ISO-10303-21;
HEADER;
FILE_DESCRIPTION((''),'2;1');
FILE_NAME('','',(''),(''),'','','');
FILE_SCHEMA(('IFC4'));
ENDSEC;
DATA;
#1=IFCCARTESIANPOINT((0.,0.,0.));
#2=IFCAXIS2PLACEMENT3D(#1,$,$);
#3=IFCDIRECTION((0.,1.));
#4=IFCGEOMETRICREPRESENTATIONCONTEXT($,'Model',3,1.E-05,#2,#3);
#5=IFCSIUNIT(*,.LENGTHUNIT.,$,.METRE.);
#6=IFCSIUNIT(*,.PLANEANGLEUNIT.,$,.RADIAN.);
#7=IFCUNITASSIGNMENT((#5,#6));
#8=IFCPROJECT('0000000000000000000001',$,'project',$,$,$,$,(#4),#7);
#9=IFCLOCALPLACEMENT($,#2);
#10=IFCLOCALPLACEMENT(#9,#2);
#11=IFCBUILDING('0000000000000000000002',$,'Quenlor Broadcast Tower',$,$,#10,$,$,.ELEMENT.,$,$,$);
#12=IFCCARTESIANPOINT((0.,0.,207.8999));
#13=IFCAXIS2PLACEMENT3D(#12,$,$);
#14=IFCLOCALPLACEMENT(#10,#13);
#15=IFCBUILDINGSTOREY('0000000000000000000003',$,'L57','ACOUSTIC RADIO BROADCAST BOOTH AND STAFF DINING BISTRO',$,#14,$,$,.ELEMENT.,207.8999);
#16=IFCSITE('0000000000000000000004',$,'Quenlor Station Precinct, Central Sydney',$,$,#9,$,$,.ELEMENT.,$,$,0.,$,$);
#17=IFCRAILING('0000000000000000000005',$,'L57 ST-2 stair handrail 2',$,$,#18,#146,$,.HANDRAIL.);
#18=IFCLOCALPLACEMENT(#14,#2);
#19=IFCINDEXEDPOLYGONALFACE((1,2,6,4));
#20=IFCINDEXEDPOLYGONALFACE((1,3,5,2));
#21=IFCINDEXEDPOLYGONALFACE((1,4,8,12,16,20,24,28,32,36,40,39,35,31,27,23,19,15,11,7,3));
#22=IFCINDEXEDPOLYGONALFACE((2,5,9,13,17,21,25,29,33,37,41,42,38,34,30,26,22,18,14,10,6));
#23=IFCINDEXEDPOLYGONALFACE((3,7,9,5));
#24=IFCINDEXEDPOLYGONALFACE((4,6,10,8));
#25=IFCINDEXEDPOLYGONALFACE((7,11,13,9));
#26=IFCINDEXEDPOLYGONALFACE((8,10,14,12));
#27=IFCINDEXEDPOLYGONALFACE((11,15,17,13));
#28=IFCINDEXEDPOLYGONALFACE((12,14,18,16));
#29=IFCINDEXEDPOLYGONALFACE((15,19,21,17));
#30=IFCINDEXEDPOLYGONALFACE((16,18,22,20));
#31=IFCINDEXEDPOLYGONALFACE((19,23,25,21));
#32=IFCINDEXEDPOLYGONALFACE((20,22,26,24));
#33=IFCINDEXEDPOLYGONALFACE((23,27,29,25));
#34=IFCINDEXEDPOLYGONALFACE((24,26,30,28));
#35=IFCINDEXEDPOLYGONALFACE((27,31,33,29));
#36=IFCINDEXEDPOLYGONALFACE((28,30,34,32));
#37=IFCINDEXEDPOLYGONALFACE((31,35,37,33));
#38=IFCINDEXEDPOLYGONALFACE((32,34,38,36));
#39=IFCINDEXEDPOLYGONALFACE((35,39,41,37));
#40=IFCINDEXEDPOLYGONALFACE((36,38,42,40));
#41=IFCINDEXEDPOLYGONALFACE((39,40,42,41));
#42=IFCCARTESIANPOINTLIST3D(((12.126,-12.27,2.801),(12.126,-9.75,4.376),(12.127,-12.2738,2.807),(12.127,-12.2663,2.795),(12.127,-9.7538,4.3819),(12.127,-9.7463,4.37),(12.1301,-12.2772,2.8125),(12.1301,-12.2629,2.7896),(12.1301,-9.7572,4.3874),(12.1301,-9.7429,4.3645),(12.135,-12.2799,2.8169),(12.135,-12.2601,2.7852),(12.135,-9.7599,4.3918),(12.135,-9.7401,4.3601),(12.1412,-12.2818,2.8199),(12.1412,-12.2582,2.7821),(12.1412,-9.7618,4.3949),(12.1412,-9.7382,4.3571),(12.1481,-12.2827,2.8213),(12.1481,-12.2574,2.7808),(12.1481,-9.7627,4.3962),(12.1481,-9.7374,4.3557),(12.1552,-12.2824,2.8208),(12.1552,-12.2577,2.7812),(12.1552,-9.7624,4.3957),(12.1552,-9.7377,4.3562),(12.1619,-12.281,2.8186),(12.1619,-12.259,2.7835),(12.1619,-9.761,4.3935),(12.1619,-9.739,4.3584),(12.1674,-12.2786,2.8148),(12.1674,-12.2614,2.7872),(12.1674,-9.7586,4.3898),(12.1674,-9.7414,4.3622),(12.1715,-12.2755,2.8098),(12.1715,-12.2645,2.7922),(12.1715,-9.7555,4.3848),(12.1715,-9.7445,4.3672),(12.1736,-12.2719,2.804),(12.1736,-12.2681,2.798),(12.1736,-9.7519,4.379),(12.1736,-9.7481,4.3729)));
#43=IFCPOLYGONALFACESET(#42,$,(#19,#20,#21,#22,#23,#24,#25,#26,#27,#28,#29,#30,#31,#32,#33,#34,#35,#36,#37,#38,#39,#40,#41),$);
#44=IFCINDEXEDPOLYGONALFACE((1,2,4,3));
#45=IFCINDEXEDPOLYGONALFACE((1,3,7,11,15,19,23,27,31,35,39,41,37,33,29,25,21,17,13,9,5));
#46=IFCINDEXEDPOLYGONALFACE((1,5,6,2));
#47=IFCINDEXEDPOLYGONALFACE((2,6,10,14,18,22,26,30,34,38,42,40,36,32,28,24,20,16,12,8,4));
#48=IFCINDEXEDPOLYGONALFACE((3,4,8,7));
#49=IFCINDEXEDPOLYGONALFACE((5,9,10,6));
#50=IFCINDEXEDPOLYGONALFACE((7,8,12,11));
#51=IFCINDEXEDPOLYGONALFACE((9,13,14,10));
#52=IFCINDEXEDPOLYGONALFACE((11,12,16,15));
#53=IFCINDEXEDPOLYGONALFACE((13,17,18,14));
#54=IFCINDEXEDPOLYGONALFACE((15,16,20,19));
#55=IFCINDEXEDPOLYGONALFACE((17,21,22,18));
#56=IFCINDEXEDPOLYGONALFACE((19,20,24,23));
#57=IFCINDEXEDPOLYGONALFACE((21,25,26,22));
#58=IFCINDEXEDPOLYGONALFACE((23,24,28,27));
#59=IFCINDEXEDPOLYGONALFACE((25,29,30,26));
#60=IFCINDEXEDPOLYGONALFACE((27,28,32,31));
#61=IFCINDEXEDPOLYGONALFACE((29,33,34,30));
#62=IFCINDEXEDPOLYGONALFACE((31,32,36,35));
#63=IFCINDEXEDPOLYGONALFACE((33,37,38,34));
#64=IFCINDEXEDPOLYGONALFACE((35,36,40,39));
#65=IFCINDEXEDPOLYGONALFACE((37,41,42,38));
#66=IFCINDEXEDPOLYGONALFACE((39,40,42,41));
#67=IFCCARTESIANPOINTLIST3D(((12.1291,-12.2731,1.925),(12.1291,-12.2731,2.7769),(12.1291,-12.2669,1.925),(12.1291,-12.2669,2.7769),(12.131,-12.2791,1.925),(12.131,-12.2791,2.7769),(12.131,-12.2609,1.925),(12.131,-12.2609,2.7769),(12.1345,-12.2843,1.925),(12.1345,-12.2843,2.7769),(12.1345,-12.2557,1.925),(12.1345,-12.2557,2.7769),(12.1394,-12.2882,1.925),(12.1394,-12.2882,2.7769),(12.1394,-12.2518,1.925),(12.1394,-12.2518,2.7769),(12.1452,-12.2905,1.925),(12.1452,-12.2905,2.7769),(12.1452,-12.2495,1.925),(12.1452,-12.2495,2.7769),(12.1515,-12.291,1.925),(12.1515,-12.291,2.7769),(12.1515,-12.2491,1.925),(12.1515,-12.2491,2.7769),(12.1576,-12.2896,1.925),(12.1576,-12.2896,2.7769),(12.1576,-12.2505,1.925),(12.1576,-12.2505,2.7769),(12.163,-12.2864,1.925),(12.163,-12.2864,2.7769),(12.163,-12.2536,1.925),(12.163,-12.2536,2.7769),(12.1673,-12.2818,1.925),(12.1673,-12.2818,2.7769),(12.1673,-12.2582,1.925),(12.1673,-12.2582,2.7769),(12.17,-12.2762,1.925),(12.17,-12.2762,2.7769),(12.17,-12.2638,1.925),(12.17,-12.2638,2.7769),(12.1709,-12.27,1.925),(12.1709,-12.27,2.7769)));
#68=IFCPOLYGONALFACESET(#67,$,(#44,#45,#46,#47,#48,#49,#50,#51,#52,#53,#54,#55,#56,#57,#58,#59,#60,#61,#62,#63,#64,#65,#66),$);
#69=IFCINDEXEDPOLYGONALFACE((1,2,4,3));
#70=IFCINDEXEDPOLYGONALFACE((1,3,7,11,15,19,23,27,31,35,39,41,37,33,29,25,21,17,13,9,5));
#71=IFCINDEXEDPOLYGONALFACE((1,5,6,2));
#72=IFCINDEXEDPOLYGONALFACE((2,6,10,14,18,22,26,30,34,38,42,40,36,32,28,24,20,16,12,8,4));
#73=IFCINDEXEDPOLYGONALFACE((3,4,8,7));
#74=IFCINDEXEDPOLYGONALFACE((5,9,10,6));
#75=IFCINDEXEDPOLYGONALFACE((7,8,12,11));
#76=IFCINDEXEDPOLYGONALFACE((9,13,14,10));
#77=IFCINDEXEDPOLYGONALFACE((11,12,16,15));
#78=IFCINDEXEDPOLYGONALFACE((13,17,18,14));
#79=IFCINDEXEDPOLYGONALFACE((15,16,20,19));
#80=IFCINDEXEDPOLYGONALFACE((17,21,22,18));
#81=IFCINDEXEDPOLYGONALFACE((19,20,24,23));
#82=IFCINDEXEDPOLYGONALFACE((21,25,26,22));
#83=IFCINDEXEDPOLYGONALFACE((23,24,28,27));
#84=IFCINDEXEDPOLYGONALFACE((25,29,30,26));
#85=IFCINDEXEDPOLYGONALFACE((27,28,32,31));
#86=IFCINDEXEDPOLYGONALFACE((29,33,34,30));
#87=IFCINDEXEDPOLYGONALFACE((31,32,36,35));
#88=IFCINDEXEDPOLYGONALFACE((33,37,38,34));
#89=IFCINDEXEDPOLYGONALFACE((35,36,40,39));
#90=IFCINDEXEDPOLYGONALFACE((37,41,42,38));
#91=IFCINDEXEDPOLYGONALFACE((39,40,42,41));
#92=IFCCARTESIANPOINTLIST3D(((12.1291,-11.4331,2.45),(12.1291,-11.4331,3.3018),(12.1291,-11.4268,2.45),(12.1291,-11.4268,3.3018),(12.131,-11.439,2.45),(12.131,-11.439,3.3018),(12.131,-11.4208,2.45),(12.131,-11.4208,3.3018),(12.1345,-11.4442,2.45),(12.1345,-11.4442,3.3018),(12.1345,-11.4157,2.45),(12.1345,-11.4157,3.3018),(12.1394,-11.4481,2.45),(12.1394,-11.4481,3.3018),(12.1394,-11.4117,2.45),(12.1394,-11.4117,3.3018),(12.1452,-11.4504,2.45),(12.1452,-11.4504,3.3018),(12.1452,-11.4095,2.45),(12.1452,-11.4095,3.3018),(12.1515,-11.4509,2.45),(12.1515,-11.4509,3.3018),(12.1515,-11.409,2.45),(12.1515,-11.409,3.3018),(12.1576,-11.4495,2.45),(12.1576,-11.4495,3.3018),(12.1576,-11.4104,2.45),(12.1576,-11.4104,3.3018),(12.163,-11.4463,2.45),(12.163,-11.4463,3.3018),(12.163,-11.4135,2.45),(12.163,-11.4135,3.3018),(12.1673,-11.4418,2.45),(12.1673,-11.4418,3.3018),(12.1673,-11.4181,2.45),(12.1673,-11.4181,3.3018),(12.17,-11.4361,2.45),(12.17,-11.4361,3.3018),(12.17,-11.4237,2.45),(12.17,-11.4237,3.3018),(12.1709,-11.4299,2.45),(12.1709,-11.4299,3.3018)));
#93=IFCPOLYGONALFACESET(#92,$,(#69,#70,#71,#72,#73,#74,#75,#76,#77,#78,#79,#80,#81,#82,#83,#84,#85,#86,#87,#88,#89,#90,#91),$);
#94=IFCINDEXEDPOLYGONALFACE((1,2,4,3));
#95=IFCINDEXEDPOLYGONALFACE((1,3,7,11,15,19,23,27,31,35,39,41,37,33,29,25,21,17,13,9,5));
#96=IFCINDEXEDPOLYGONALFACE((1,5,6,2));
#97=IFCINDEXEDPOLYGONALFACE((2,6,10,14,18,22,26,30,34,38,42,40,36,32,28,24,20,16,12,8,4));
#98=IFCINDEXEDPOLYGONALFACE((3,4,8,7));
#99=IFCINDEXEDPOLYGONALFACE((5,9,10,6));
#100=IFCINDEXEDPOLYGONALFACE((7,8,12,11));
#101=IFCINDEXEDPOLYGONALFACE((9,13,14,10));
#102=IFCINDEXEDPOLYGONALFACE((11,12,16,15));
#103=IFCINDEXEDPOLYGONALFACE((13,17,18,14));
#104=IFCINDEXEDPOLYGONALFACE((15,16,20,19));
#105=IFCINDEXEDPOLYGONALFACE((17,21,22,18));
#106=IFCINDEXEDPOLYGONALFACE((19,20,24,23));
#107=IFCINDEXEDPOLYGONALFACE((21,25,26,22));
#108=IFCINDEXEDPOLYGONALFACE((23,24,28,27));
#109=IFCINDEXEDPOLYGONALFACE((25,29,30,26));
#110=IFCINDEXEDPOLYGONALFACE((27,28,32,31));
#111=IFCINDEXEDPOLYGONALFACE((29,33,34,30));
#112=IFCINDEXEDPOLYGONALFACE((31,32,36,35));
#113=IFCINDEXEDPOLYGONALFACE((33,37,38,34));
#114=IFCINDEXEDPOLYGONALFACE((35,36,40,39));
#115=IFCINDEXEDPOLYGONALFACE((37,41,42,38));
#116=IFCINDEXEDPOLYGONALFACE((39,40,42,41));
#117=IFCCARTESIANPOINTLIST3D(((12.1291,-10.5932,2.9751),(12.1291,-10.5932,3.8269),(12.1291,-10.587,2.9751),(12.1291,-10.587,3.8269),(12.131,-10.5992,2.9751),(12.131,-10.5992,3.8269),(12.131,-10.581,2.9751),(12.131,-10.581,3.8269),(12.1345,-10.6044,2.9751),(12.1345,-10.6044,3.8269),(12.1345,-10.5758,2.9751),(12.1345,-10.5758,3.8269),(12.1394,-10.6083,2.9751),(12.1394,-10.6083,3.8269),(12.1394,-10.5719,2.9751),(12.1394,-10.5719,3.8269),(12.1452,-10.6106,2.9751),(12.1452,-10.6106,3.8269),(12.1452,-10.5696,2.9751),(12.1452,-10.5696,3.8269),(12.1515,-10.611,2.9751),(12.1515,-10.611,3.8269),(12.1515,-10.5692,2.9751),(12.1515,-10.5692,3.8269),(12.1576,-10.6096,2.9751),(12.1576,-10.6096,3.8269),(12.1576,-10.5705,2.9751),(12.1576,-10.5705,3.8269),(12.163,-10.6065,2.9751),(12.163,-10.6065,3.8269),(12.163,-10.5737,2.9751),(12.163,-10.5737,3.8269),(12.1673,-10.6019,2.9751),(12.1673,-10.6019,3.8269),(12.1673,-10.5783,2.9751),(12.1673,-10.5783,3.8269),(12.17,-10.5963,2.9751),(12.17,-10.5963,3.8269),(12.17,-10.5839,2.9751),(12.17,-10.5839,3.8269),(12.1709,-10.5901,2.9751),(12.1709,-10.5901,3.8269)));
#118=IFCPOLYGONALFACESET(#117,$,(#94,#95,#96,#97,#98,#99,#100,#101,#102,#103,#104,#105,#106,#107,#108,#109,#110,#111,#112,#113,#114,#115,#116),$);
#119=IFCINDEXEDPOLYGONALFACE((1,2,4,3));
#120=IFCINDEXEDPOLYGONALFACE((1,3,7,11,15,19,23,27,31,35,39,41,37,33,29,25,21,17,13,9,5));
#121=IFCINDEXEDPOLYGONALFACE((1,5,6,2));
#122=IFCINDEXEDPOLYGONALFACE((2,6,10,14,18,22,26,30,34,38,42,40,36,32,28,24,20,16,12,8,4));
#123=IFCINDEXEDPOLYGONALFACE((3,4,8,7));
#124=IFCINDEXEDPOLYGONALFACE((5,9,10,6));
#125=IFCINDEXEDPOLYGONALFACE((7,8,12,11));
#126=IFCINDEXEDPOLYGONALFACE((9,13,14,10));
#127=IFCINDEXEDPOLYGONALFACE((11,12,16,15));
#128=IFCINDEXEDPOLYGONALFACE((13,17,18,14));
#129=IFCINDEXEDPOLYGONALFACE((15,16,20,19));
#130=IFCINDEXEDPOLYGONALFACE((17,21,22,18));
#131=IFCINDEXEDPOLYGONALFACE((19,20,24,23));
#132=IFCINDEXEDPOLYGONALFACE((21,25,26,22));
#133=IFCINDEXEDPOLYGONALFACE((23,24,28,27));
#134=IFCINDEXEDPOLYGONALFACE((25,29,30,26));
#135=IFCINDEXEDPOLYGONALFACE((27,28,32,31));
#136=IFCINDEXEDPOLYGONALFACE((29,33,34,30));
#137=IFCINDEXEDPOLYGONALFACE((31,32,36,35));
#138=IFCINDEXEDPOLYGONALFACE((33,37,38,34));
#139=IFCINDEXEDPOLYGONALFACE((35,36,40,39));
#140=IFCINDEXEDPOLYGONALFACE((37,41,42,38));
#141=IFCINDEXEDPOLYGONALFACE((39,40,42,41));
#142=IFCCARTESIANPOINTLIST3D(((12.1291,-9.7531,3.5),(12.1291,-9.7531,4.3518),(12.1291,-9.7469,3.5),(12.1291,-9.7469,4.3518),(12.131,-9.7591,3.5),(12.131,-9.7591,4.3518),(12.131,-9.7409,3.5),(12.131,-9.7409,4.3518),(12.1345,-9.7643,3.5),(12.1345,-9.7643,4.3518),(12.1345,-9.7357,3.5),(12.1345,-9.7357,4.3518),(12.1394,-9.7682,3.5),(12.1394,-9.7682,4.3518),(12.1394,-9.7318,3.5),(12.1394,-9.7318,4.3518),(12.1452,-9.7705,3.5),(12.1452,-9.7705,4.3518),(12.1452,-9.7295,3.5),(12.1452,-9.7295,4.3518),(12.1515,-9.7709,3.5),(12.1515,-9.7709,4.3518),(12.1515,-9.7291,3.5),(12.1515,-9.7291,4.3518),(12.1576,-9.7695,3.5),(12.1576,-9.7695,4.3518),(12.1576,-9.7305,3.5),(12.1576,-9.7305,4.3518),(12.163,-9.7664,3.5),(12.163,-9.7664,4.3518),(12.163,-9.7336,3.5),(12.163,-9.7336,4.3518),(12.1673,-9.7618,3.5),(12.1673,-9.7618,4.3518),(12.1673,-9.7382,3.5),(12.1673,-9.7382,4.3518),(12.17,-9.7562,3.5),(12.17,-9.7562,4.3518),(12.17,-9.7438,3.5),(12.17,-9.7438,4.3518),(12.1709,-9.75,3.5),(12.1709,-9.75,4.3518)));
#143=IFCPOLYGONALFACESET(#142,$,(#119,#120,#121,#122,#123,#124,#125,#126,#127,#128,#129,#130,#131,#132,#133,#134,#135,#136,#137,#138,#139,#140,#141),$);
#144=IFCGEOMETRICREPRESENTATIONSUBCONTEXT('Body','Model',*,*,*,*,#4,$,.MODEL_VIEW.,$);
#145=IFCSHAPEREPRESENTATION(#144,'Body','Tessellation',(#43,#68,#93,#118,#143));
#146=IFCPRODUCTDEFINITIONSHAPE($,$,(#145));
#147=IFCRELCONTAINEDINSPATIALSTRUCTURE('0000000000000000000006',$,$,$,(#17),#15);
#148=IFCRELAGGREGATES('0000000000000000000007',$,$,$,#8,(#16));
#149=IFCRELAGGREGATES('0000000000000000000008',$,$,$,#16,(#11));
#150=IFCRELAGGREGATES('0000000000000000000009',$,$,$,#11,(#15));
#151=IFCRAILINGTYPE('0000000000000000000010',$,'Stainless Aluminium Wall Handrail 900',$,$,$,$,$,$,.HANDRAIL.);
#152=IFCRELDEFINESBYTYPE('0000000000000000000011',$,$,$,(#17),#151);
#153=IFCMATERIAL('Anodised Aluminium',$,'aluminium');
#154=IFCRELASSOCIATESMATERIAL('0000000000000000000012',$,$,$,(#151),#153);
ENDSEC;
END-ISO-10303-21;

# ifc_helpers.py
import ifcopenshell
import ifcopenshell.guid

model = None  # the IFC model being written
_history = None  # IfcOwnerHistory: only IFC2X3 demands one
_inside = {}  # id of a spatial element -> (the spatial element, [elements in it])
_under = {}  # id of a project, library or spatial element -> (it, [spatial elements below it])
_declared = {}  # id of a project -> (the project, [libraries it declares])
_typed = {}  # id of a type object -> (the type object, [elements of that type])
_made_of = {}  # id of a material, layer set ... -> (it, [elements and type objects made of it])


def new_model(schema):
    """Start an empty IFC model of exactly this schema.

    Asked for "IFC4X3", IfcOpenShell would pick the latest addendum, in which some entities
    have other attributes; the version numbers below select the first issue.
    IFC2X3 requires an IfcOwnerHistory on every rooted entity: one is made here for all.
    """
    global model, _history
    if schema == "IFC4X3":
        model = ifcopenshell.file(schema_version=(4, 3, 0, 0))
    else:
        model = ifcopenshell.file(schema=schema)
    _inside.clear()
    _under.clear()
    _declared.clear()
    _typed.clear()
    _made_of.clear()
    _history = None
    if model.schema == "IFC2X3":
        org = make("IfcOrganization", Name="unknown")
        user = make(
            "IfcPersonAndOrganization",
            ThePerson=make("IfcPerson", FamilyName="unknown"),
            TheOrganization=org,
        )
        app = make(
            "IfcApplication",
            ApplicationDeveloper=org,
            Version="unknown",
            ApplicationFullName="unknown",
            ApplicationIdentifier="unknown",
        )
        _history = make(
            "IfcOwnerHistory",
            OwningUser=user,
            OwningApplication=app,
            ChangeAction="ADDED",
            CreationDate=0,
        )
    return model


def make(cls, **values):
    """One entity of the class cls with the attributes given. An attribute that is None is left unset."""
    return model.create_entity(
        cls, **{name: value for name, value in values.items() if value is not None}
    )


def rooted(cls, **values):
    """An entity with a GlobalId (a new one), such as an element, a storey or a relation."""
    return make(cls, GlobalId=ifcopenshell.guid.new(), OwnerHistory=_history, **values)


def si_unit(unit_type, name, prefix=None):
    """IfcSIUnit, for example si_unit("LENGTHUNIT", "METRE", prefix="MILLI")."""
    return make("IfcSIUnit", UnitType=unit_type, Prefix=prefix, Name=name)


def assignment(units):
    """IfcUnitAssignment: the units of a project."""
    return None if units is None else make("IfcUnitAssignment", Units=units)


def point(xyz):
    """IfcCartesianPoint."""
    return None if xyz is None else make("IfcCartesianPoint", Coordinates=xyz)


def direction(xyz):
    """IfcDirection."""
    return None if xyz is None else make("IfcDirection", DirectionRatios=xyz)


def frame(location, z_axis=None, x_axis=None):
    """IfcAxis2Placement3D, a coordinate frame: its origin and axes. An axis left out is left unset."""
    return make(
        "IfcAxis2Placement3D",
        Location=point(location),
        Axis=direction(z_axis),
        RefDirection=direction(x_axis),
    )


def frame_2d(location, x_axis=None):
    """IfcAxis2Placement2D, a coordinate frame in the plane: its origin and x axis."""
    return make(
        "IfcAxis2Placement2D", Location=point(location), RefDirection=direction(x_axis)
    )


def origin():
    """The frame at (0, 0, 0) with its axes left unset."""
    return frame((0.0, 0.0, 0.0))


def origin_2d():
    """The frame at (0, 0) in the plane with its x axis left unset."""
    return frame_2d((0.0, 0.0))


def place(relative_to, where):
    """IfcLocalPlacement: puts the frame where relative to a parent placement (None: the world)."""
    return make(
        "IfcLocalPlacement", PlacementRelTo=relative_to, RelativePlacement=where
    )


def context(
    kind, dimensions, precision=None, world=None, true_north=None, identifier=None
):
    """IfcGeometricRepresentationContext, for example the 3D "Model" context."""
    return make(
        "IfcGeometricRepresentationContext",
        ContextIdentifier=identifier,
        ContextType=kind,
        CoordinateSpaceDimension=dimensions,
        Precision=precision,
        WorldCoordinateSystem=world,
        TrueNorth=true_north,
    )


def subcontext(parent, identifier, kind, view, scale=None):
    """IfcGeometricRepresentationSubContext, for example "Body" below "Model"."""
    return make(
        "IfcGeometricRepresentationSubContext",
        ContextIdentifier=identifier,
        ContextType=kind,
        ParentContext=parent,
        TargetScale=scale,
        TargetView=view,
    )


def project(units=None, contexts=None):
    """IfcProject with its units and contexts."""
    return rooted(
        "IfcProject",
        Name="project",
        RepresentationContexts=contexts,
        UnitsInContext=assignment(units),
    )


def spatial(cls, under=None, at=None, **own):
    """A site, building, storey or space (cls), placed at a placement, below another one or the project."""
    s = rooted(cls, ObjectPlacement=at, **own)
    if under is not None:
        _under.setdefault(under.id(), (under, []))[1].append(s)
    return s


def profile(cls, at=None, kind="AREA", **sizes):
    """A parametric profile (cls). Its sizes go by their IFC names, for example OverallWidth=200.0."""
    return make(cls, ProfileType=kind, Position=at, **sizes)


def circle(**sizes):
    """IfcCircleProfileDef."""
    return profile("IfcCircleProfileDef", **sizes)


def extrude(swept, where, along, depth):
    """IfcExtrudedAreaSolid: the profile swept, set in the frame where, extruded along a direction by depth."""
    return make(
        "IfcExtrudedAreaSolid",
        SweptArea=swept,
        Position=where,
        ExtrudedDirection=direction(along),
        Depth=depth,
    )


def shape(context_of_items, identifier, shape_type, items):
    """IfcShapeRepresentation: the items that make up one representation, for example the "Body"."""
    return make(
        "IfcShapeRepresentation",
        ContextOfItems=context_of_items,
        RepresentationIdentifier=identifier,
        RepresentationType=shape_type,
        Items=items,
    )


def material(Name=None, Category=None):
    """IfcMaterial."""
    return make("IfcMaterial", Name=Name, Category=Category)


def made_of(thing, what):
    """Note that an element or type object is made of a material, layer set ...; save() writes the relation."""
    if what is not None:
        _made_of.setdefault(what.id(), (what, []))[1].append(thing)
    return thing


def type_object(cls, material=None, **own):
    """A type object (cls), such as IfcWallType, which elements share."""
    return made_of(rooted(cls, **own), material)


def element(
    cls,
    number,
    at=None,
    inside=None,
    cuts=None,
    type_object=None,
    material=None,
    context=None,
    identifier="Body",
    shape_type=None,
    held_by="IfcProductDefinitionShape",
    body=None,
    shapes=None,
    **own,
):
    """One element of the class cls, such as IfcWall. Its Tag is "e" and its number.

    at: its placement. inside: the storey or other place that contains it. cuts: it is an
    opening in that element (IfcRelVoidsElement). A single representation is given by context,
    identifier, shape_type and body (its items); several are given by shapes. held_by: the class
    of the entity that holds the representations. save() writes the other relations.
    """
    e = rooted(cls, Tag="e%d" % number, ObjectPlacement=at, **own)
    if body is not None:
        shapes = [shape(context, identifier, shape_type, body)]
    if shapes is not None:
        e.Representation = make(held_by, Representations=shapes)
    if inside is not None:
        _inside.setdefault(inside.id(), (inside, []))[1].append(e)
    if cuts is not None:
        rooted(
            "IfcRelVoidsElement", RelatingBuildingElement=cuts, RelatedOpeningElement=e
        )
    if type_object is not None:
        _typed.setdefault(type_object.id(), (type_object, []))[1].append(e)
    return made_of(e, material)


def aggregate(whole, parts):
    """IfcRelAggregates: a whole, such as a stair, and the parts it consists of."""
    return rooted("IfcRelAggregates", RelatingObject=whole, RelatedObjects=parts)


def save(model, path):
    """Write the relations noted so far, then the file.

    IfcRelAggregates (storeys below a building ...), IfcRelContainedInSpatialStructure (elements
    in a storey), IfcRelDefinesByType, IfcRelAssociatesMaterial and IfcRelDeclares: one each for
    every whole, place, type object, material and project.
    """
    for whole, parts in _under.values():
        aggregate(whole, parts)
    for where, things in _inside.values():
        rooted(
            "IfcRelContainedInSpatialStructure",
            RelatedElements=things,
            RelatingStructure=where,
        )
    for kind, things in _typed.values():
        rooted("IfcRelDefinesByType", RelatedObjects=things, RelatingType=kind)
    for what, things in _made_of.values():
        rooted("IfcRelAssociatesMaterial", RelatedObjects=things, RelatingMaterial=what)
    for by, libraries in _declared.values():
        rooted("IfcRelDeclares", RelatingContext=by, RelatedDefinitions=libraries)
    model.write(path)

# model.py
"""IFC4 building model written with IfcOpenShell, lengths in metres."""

from ifc_helpers import new_model, si_unit, direction, frame, origin, origin_2d, place, context, subcontext, project, spatial, circle, extrude, material, type_object, element, save


model = new_model("IFC4")

# Units and contexts
model_context = context("Model", 3, precision=1e-05, world=origin(), true_north=direction((0.0, 1.0)))
body_context = subcontext(model_context, "Body", "Model", "MODEL_VIEW")
ifc_project = project(units=[si_unit("LENGTHUNIT", "METRE"), si_unit("PLANEANGLEUNIT", "RADIAN")], contexts=[model_context])

# Site, building, storey
site_placement = place(None, origin())
site = spatial("IfcSite", under=ifc_project, at=site_placement, Name="Quenlor Station Precinct, Central Sydney", CompositionType="ELEMENT", RefElevation=0.0)
building_placement = place(site_placement, origin())
building = spatial("IfcBuilding", under=site, at=building_placement, Name="Quenlor Broadcast Tower", CompositionType="ELEMENT")
storey_placement = place(building_placement, frame((0.0, 0.0, 207.8999)))
storey = spatial("IfcBuildingStorey", under=building, at=storey_placement, Name="L57", Description="ACOUSTIC RADIO BROADCAST BOOTH AND STAFF DINING BISTRO", CompositionType="ELEMENT", Elevation=207.8999)

# Railing
ifc_material_1 = material(Name="Anodised Aluminium", Category="aluminium")
railing_type_1 = type_object("IfcRailingType", Name="Stainless Aluminium Wall Handrail 900", PredefinedType="HANDRAIL", material=ifc_material_1)
railing_1_placement = place(storey_placement, frame((12.1499, -12.27, 1.925)))
element("IfcRailing", 1, at=railing_1_placement, inside=storey, type_object=railing_type_1, Name="L57 ST-2 stair handrail 2", PredefinedType="HANDRAIL", context=body_context, shape_type="SweptSolid", body=[
    extrude(circle(Radius=0.0239, at=origin_2d()), frame((0.0, 0.0, 0.876), z_axis=(0.0, 0.848008, 0.529984), x_axis=(-1.0, 0.0, 0.0)), (0.0, 0.0, 1.0), 2.9717),
    extrude(circle(Radius=0.021, at=origin_2d()), origin(), (0.0, 0.0, 1.0), 0.8518),
    extrude(circle(Radius=0.021, at=origin_2d()), frame((0.0, 0.8401, 0.5249)), (0.0, 0.0, 1.0), 0.8518),
    extrude(circle(Radius=0.021, at=origin_2d()), frame((0.0, 1.6799, 1.05)), (0.0, 0.0, 1.0), 0.8518),
    extrude(circle(Radius=0.021, at=origin_2d()), frame((0.0, 2.52, 1.575)), (0.0, 0.0, 1.0), 0.8518),
])

save(model, "model.ifc")
